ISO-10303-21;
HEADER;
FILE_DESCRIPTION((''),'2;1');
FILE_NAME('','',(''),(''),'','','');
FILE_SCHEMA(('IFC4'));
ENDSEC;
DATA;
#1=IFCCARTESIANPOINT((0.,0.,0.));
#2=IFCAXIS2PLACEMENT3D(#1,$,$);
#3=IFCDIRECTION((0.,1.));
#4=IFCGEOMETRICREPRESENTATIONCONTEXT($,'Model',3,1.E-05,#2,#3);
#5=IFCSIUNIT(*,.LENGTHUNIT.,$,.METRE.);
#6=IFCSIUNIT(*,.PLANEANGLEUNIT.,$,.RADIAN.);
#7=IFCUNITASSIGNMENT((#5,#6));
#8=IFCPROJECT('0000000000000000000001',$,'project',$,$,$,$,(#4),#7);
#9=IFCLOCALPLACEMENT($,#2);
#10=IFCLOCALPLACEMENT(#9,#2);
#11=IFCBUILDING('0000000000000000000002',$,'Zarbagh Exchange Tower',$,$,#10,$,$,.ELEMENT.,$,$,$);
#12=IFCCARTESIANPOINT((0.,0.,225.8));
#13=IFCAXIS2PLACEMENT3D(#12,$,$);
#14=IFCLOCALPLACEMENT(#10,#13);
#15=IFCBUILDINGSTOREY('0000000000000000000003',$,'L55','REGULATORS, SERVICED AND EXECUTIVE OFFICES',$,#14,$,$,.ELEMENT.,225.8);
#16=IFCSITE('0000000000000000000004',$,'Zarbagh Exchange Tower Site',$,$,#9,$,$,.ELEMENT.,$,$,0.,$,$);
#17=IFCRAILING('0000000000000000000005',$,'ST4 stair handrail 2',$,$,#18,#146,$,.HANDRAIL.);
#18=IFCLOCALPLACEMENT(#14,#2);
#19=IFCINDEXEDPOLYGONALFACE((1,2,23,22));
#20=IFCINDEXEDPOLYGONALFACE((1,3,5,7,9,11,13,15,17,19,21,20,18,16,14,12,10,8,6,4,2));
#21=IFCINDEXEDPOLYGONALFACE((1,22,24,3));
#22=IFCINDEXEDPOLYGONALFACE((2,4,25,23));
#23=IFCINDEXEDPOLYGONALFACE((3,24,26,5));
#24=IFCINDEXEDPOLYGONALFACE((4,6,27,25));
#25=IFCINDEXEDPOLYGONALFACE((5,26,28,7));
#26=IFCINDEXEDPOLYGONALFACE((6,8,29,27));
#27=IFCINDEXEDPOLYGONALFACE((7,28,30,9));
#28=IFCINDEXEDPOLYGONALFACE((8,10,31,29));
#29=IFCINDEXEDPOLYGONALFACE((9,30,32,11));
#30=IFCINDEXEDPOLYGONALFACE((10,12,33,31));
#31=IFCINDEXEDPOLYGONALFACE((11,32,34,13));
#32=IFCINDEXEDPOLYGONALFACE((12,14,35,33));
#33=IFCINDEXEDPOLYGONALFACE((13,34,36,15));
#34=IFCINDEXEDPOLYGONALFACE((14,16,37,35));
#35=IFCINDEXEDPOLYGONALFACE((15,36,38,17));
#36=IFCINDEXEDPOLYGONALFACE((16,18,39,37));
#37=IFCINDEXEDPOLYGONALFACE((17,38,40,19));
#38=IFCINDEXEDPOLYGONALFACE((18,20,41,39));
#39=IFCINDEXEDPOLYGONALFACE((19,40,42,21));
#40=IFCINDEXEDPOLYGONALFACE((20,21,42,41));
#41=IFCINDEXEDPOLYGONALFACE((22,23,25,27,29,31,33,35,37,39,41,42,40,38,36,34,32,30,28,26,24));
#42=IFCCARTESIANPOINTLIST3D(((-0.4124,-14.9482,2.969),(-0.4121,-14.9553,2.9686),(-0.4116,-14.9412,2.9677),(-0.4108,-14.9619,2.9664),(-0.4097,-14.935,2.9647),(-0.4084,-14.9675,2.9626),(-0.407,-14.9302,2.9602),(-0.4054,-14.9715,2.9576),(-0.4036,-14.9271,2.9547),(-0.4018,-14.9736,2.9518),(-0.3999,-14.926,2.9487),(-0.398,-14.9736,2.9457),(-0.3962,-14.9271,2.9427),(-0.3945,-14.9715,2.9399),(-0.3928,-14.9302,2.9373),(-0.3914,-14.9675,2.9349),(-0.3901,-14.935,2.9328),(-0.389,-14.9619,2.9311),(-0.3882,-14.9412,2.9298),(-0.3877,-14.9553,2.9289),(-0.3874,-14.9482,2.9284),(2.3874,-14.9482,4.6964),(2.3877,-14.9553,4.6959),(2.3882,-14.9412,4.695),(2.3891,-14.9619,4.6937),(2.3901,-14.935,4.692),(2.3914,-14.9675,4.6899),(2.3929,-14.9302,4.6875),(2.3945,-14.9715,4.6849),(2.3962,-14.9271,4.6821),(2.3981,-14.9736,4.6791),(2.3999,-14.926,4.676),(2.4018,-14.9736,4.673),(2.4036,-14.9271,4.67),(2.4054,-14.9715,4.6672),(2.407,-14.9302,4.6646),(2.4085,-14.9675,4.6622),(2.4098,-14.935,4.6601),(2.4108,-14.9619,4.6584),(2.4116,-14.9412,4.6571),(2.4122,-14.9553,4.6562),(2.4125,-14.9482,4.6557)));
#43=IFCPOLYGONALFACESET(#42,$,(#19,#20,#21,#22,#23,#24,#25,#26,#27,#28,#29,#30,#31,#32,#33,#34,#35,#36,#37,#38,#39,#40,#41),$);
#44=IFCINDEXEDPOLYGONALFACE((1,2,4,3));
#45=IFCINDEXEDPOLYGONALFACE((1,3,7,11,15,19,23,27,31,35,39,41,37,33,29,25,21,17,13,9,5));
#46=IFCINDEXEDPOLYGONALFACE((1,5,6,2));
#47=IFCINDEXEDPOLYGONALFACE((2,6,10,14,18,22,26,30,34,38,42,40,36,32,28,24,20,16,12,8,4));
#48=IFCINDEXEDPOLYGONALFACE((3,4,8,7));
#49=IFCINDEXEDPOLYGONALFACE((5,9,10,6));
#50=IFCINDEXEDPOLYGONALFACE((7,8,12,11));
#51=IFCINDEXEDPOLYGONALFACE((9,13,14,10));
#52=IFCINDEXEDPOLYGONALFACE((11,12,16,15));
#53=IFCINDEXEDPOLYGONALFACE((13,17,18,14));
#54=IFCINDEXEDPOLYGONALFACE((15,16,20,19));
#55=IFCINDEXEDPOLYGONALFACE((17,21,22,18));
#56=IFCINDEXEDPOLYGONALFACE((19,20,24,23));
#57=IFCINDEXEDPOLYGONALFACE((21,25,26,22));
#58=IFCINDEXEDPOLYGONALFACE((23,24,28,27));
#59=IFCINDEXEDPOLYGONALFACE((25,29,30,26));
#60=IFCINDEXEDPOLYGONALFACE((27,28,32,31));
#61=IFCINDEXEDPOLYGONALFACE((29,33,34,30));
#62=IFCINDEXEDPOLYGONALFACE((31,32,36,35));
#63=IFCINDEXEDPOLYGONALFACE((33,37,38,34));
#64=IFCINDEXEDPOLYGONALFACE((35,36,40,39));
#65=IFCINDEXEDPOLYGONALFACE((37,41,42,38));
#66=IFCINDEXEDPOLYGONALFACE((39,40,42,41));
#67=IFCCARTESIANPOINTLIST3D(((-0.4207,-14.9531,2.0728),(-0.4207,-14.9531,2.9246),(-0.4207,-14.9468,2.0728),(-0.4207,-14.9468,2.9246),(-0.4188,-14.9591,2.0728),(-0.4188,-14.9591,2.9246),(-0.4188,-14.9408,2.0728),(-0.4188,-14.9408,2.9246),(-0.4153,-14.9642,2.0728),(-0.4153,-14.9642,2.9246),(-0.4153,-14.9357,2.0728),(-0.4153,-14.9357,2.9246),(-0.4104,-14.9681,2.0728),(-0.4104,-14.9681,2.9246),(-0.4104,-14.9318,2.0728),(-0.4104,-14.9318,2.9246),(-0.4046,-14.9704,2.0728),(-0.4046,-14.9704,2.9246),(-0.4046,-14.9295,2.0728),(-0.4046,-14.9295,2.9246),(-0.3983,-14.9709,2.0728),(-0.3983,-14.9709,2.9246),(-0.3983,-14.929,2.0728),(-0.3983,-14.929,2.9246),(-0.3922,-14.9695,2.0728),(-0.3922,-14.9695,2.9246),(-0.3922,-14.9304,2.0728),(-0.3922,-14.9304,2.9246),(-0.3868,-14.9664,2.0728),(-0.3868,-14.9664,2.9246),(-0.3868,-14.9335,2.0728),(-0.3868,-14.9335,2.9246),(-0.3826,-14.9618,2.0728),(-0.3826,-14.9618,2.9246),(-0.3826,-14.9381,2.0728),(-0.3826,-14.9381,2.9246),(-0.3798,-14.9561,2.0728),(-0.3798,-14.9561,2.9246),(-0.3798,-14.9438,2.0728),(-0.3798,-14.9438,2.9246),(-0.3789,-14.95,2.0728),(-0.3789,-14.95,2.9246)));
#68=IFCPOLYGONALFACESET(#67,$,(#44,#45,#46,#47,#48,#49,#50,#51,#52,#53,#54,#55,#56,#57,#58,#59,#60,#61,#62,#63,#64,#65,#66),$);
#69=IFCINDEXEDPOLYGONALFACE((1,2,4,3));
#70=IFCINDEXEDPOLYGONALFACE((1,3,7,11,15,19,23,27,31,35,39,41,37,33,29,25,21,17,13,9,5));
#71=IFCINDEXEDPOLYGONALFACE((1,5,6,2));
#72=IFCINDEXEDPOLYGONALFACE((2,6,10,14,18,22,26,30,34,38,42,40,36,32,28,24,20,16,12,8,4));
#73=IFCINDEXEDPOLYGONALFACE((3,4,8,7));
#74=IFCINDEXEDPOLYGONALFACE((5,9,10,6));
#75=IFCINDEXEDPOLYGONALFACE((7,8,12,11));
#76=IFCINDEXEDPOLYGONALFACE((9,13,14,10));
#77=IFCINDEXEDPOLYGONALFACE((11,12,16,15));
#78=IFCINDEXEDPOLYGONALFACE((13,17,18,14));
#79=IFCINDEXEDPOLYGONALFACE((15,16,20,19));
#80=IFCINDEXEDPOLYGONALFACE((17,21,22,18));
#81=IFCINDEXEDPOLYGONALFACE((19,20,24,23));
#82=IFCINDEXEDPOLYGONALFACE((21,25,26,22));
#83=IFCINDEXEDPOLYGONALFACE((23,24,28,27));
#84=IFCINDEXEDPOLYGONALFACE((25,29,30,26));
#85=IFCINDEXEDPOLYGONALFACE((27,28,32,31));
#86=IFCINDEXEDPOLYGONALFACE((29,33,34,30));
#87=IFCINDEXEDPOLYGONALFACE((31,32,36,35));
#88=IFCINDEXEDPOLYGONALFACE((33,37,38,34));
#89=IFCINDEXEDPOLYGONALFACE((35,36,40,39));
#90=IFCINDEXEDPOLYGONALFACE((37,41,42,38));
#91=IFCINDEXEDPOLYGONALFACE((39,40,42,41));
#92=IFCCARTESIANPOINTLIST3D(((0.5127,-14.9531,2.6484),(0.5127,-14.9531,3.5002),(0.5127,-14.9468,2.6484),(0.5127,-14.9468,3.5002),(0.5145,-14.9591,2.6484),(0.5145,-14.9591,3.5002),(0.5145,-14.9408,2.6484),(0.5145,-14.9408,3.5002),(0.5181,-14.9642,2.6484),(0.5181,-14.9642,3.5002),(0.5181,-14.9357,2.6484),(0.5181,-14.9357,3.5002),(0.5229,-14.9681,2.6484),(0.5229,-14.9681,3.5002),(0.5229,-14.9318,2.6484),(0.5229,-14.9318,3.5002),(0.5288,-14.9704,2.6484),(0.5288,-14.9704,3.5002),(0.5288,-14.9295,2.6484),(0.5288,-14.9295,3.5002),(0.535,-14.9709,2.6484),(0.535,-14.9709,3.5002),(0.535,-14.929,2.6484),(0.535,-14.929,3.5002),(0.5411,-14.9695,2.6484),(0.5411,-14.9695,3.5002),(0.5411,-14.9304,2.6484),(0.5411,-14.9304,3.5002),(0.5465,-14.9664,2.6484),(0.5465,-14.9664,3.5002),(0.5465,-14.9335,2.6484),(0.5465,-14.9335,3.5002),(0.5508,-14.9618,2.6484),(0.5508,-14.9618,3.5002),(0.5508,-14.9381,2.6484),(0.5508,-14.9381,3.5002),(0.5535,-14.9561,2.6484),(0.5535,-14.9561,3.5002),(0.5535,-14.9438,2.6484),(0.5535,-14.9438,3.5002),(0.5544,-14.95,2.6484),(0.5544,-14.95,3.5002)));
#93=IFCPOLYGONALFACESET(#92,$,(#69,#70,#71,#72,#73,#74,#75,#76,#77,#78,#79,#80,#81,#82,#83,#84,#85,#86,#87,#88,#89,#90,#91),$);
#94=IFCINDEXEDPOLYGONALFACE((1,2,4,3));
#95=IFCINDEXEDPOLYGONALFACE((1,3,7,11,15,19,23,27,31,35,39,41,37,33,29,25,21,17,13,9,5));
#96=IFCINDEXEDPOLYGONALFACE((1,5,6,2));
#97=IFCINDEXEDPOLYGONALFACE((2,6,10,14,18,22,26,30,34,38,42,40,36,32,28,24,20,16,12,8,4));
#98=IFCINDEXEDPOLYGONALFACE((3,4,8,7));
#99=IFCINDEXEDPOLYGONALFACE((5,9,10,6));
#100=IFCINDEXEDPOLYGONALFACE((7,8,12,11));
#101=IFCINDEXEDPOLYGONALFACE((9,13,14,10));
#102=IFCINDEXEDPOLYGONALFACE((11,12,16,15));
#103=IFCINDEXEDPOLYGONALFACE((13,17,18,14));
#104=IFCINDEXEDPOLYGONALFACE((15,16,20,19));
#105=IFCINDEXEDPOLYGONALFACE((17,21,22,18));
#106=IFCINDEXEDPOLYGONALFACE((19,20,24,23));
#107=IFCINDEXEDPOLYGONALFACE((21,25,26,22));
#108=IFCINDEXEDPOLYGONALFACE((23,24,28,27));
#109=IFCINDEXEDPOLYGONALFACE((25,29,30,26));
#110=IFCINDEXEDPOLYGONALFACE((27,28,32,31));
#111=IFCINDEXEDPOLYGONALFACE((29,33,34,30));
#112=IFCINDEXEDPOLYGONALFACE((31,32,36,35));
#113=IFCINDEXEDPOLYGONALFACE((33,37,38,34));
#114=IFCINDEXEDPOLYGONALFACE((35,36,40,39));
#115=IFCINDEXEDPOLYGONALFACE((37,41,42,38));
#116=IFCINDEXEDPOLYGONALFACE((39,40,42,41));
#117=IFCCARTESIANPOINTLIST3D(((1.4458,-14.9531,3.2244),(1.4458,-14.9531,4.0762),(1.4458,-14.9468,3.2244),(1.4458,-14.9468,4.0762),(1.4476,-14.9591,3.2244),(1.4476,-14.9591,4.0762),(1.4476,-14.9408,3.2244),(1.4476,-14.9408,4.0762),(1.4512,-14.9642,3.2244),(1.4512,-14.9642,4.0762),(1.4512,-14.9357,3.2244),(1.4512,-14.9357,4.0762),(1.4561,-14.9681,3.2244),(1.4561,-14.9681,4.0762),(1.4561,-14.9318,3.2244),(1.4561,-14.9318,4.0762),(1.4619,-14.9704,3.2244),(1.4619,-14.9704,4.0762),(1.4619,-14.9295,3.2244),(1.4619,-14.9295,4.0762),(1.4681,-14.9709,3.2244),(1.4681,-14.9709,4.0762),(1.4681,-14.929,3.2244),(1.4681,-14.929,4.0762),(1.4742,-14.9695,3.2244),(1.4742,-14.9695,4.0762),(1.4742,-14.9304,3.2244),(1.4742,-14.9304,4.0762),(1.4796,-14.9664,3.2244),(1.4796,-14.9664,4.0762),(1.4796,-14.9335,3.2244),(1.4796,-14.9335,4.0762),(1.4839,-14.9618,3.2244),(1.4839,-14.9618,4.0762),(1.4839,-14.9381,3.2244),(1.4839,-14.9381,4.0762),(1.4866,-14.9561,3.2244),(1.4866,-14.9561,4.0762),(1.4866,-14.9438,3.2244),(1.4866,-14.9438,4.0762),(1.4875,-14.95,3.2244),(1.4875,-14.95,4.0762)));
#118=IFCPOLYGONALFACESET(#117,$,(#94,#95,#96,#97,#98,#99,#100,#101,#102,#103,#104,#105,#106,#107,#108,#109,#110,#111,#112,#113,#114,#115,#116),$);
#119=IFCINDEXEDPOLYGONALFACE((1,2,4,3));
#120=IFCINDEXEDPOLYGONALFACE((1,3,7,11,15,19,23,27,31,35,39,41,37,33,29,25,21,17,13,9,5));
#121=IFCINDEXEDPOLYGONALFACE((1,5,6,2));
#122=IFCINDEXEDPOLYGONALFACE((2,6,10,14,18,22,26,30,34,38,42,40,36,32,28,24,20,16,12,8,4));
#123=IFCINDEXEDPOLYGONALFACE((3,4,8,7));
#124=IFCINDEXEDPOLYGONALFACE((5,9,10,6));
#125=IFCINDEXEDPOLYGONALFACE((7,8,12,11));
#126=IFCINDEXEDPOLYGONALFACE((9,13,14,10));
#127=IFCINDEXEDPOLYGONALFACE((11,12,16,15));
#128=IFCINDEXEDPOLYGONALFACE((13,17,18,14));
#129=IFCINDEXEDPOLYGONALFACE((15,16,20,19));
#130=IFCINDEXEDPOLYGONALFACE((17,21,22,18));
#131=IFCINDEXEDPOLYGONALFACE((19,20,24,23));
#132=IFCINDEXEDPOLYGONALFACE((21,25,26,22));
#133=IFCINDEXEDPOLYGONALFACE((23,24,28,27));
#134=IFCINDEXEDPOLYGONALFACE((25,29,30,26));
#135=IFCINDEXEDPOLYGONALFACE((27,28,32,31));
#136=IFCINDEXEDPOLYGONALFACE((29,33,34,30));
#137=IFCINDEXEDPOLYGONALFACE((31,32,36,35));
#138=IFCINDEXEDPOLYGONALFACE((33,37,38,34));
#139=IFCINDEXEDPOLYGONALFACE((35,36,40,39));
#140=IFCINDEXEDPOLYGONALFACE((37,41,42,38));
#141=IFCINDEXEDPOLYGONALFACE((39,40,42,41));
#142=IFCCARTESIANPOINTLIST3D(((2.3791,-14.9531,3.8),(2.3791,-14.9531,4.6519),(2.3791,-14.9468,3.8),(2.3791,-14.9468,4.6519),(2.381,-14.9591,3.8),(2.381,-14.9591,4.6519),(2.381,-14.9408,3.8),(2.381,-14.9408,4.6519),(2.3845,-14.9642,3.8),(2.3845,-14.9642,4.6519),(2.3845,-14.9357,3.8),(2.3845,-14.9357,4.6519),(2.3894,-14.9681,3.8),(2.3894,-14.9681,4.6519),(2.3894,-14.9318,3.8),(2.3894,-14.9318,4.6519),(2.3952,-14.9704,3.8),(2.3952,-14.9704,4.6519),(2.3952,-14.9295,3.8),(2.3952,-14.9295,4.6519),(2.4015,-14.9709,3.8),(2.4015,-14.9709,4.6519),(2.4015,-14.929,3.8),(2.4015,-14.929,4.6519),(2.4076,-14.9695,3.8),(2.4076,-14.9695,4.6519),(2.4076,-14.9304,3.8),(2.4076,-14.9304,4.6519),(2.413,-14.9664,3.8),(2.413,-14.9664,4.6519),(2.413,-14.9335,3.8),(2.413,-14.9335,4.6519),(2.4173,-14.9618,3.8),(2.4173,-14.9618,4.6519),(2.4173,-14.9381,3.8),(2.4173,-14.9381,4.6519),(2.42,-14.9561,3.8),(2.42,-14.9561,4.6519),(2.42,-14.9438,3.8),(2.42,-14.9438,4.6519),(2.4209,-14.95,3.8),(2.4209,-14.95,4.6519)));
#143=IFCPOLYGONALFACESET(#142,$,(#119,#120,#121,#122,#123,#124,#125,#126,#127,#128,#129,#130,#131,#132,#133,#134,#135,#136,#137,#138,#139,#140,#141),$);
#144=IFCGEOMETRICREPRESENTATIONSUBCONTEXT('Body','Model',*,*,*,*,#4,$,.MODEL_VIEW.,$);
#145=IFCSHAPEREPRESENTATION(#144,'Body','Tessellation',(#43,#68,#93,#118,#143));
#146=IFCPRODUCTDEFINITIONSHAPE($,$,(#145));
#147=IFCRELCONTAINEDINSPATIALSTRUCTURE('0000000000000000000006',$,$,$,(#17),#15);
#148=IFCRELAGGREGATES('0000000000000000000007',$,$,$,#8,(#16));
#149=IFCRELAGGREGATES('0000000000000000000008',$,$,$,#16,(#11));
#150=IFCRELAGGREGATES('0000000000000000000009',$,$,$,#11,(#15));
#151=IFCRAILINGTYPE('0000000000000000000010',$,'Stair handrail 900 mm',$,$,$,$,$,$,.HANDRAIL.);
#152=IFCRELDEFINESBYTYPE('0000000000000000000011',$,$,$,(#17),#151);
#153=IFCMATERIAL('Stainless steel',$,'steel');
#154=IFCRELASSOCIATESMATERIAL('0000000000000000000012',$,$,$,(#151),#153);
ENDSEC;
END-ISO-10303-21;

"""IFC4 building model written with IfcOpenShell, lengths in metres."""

from ifc_helpers import new_model, si_unit, direction, frame, origin, origin_2d, place, context, subcontext, project, spatial, circle, extrude, material, type_object, element, save


model = new_model("IFC4")

# Units and contexts
model_context = context("Model", 3, precision=1e-05, world=origin(), true_north=direction((0.0, 1.0)))
body_context = subcontext(model_context, "Body", "Model", "MODEL_VIEW")
ifc_project = project(units=[si_unit("LENGTHUNIT", "METRE"), si_unit("PLANEANGLEUNIT", "RADIAN")], contexts=[model_context])

# Site, building, storey
site_placement = place(None, origin())
site = spatial("IfcSite", under=ifc_project, at=site_placement, Name="Zarbagh Exchange Tower Site", CompositionType="ELEMENT", RefElevation=0.0)
building_placement = place(site_placement, origin())
building = spatial("IfcBuilding", under=site, at=building_placement, Name="Zarbagh Exchange Tower", CompositionType="ELEMENT")
storey_placement = place(building_placement, frame((0.0, 0.0, 225.8)))
storey = spatial("IfcBuildingStorey", under=building, at=storey_placement, Name="L55", Description="REGULATORS, SERVICED AND EXECUTIVE OFFICES", CompositionType="ELEMENT", Elevation=225.8)

# Shared definitions
ifc_material_1 = material(Name="Stainless steel", Category="steel")

# Railing
railing_type = type_object("IfcRailingType", Name="Stair handrail 900 mm", PredefinedType="HANDRAIL", material=ifc_material_1)
railing_placement = place(storey_placement, frame((-0.3999, -14.95, 2.0728)))
element("IfcRailing", 1, at=railing_placement, inside=storey, type_object=railing_type, Name="ST4 stair handrail 2", PredefinedType="HANDRAIL", context=body_context, shape_type="SweptSolid", body=[
    extrude(circle(Radius=0.0239, at=origin_2d()), frame((0.0, 0.0, 0.876), z_axis=(0.851069, 0.0, 0.525054), x_axis=(0.0, 1.0, 0.0)), (0.0, 0.0, 1.0), 3.2898),
    extrude(circle(Radius=0.021, at=origin_2d()), origin(), (0.0, 0.0, 1.0), 0.8518),
    extrude(circle(Radius=0.021, at=origin_2d()), frame((0.9333, 0.0, 0.5757)), (0.0, 0.0, 1.0), 0.8518),
    extrude(circle(Radius=0.021, at=origin_2d()), frame((1.8665, 0.0, 1.1516)), (0.0, 0.0, 1.0), 0.8518),
    extrude(circle(Radius=0.021, at=origin_2d()), frame((2.7998, 0.0, 1.7273)), (0.0, 0.0, 1.0), 0.8518),
])

save(model, "model.ifc")
